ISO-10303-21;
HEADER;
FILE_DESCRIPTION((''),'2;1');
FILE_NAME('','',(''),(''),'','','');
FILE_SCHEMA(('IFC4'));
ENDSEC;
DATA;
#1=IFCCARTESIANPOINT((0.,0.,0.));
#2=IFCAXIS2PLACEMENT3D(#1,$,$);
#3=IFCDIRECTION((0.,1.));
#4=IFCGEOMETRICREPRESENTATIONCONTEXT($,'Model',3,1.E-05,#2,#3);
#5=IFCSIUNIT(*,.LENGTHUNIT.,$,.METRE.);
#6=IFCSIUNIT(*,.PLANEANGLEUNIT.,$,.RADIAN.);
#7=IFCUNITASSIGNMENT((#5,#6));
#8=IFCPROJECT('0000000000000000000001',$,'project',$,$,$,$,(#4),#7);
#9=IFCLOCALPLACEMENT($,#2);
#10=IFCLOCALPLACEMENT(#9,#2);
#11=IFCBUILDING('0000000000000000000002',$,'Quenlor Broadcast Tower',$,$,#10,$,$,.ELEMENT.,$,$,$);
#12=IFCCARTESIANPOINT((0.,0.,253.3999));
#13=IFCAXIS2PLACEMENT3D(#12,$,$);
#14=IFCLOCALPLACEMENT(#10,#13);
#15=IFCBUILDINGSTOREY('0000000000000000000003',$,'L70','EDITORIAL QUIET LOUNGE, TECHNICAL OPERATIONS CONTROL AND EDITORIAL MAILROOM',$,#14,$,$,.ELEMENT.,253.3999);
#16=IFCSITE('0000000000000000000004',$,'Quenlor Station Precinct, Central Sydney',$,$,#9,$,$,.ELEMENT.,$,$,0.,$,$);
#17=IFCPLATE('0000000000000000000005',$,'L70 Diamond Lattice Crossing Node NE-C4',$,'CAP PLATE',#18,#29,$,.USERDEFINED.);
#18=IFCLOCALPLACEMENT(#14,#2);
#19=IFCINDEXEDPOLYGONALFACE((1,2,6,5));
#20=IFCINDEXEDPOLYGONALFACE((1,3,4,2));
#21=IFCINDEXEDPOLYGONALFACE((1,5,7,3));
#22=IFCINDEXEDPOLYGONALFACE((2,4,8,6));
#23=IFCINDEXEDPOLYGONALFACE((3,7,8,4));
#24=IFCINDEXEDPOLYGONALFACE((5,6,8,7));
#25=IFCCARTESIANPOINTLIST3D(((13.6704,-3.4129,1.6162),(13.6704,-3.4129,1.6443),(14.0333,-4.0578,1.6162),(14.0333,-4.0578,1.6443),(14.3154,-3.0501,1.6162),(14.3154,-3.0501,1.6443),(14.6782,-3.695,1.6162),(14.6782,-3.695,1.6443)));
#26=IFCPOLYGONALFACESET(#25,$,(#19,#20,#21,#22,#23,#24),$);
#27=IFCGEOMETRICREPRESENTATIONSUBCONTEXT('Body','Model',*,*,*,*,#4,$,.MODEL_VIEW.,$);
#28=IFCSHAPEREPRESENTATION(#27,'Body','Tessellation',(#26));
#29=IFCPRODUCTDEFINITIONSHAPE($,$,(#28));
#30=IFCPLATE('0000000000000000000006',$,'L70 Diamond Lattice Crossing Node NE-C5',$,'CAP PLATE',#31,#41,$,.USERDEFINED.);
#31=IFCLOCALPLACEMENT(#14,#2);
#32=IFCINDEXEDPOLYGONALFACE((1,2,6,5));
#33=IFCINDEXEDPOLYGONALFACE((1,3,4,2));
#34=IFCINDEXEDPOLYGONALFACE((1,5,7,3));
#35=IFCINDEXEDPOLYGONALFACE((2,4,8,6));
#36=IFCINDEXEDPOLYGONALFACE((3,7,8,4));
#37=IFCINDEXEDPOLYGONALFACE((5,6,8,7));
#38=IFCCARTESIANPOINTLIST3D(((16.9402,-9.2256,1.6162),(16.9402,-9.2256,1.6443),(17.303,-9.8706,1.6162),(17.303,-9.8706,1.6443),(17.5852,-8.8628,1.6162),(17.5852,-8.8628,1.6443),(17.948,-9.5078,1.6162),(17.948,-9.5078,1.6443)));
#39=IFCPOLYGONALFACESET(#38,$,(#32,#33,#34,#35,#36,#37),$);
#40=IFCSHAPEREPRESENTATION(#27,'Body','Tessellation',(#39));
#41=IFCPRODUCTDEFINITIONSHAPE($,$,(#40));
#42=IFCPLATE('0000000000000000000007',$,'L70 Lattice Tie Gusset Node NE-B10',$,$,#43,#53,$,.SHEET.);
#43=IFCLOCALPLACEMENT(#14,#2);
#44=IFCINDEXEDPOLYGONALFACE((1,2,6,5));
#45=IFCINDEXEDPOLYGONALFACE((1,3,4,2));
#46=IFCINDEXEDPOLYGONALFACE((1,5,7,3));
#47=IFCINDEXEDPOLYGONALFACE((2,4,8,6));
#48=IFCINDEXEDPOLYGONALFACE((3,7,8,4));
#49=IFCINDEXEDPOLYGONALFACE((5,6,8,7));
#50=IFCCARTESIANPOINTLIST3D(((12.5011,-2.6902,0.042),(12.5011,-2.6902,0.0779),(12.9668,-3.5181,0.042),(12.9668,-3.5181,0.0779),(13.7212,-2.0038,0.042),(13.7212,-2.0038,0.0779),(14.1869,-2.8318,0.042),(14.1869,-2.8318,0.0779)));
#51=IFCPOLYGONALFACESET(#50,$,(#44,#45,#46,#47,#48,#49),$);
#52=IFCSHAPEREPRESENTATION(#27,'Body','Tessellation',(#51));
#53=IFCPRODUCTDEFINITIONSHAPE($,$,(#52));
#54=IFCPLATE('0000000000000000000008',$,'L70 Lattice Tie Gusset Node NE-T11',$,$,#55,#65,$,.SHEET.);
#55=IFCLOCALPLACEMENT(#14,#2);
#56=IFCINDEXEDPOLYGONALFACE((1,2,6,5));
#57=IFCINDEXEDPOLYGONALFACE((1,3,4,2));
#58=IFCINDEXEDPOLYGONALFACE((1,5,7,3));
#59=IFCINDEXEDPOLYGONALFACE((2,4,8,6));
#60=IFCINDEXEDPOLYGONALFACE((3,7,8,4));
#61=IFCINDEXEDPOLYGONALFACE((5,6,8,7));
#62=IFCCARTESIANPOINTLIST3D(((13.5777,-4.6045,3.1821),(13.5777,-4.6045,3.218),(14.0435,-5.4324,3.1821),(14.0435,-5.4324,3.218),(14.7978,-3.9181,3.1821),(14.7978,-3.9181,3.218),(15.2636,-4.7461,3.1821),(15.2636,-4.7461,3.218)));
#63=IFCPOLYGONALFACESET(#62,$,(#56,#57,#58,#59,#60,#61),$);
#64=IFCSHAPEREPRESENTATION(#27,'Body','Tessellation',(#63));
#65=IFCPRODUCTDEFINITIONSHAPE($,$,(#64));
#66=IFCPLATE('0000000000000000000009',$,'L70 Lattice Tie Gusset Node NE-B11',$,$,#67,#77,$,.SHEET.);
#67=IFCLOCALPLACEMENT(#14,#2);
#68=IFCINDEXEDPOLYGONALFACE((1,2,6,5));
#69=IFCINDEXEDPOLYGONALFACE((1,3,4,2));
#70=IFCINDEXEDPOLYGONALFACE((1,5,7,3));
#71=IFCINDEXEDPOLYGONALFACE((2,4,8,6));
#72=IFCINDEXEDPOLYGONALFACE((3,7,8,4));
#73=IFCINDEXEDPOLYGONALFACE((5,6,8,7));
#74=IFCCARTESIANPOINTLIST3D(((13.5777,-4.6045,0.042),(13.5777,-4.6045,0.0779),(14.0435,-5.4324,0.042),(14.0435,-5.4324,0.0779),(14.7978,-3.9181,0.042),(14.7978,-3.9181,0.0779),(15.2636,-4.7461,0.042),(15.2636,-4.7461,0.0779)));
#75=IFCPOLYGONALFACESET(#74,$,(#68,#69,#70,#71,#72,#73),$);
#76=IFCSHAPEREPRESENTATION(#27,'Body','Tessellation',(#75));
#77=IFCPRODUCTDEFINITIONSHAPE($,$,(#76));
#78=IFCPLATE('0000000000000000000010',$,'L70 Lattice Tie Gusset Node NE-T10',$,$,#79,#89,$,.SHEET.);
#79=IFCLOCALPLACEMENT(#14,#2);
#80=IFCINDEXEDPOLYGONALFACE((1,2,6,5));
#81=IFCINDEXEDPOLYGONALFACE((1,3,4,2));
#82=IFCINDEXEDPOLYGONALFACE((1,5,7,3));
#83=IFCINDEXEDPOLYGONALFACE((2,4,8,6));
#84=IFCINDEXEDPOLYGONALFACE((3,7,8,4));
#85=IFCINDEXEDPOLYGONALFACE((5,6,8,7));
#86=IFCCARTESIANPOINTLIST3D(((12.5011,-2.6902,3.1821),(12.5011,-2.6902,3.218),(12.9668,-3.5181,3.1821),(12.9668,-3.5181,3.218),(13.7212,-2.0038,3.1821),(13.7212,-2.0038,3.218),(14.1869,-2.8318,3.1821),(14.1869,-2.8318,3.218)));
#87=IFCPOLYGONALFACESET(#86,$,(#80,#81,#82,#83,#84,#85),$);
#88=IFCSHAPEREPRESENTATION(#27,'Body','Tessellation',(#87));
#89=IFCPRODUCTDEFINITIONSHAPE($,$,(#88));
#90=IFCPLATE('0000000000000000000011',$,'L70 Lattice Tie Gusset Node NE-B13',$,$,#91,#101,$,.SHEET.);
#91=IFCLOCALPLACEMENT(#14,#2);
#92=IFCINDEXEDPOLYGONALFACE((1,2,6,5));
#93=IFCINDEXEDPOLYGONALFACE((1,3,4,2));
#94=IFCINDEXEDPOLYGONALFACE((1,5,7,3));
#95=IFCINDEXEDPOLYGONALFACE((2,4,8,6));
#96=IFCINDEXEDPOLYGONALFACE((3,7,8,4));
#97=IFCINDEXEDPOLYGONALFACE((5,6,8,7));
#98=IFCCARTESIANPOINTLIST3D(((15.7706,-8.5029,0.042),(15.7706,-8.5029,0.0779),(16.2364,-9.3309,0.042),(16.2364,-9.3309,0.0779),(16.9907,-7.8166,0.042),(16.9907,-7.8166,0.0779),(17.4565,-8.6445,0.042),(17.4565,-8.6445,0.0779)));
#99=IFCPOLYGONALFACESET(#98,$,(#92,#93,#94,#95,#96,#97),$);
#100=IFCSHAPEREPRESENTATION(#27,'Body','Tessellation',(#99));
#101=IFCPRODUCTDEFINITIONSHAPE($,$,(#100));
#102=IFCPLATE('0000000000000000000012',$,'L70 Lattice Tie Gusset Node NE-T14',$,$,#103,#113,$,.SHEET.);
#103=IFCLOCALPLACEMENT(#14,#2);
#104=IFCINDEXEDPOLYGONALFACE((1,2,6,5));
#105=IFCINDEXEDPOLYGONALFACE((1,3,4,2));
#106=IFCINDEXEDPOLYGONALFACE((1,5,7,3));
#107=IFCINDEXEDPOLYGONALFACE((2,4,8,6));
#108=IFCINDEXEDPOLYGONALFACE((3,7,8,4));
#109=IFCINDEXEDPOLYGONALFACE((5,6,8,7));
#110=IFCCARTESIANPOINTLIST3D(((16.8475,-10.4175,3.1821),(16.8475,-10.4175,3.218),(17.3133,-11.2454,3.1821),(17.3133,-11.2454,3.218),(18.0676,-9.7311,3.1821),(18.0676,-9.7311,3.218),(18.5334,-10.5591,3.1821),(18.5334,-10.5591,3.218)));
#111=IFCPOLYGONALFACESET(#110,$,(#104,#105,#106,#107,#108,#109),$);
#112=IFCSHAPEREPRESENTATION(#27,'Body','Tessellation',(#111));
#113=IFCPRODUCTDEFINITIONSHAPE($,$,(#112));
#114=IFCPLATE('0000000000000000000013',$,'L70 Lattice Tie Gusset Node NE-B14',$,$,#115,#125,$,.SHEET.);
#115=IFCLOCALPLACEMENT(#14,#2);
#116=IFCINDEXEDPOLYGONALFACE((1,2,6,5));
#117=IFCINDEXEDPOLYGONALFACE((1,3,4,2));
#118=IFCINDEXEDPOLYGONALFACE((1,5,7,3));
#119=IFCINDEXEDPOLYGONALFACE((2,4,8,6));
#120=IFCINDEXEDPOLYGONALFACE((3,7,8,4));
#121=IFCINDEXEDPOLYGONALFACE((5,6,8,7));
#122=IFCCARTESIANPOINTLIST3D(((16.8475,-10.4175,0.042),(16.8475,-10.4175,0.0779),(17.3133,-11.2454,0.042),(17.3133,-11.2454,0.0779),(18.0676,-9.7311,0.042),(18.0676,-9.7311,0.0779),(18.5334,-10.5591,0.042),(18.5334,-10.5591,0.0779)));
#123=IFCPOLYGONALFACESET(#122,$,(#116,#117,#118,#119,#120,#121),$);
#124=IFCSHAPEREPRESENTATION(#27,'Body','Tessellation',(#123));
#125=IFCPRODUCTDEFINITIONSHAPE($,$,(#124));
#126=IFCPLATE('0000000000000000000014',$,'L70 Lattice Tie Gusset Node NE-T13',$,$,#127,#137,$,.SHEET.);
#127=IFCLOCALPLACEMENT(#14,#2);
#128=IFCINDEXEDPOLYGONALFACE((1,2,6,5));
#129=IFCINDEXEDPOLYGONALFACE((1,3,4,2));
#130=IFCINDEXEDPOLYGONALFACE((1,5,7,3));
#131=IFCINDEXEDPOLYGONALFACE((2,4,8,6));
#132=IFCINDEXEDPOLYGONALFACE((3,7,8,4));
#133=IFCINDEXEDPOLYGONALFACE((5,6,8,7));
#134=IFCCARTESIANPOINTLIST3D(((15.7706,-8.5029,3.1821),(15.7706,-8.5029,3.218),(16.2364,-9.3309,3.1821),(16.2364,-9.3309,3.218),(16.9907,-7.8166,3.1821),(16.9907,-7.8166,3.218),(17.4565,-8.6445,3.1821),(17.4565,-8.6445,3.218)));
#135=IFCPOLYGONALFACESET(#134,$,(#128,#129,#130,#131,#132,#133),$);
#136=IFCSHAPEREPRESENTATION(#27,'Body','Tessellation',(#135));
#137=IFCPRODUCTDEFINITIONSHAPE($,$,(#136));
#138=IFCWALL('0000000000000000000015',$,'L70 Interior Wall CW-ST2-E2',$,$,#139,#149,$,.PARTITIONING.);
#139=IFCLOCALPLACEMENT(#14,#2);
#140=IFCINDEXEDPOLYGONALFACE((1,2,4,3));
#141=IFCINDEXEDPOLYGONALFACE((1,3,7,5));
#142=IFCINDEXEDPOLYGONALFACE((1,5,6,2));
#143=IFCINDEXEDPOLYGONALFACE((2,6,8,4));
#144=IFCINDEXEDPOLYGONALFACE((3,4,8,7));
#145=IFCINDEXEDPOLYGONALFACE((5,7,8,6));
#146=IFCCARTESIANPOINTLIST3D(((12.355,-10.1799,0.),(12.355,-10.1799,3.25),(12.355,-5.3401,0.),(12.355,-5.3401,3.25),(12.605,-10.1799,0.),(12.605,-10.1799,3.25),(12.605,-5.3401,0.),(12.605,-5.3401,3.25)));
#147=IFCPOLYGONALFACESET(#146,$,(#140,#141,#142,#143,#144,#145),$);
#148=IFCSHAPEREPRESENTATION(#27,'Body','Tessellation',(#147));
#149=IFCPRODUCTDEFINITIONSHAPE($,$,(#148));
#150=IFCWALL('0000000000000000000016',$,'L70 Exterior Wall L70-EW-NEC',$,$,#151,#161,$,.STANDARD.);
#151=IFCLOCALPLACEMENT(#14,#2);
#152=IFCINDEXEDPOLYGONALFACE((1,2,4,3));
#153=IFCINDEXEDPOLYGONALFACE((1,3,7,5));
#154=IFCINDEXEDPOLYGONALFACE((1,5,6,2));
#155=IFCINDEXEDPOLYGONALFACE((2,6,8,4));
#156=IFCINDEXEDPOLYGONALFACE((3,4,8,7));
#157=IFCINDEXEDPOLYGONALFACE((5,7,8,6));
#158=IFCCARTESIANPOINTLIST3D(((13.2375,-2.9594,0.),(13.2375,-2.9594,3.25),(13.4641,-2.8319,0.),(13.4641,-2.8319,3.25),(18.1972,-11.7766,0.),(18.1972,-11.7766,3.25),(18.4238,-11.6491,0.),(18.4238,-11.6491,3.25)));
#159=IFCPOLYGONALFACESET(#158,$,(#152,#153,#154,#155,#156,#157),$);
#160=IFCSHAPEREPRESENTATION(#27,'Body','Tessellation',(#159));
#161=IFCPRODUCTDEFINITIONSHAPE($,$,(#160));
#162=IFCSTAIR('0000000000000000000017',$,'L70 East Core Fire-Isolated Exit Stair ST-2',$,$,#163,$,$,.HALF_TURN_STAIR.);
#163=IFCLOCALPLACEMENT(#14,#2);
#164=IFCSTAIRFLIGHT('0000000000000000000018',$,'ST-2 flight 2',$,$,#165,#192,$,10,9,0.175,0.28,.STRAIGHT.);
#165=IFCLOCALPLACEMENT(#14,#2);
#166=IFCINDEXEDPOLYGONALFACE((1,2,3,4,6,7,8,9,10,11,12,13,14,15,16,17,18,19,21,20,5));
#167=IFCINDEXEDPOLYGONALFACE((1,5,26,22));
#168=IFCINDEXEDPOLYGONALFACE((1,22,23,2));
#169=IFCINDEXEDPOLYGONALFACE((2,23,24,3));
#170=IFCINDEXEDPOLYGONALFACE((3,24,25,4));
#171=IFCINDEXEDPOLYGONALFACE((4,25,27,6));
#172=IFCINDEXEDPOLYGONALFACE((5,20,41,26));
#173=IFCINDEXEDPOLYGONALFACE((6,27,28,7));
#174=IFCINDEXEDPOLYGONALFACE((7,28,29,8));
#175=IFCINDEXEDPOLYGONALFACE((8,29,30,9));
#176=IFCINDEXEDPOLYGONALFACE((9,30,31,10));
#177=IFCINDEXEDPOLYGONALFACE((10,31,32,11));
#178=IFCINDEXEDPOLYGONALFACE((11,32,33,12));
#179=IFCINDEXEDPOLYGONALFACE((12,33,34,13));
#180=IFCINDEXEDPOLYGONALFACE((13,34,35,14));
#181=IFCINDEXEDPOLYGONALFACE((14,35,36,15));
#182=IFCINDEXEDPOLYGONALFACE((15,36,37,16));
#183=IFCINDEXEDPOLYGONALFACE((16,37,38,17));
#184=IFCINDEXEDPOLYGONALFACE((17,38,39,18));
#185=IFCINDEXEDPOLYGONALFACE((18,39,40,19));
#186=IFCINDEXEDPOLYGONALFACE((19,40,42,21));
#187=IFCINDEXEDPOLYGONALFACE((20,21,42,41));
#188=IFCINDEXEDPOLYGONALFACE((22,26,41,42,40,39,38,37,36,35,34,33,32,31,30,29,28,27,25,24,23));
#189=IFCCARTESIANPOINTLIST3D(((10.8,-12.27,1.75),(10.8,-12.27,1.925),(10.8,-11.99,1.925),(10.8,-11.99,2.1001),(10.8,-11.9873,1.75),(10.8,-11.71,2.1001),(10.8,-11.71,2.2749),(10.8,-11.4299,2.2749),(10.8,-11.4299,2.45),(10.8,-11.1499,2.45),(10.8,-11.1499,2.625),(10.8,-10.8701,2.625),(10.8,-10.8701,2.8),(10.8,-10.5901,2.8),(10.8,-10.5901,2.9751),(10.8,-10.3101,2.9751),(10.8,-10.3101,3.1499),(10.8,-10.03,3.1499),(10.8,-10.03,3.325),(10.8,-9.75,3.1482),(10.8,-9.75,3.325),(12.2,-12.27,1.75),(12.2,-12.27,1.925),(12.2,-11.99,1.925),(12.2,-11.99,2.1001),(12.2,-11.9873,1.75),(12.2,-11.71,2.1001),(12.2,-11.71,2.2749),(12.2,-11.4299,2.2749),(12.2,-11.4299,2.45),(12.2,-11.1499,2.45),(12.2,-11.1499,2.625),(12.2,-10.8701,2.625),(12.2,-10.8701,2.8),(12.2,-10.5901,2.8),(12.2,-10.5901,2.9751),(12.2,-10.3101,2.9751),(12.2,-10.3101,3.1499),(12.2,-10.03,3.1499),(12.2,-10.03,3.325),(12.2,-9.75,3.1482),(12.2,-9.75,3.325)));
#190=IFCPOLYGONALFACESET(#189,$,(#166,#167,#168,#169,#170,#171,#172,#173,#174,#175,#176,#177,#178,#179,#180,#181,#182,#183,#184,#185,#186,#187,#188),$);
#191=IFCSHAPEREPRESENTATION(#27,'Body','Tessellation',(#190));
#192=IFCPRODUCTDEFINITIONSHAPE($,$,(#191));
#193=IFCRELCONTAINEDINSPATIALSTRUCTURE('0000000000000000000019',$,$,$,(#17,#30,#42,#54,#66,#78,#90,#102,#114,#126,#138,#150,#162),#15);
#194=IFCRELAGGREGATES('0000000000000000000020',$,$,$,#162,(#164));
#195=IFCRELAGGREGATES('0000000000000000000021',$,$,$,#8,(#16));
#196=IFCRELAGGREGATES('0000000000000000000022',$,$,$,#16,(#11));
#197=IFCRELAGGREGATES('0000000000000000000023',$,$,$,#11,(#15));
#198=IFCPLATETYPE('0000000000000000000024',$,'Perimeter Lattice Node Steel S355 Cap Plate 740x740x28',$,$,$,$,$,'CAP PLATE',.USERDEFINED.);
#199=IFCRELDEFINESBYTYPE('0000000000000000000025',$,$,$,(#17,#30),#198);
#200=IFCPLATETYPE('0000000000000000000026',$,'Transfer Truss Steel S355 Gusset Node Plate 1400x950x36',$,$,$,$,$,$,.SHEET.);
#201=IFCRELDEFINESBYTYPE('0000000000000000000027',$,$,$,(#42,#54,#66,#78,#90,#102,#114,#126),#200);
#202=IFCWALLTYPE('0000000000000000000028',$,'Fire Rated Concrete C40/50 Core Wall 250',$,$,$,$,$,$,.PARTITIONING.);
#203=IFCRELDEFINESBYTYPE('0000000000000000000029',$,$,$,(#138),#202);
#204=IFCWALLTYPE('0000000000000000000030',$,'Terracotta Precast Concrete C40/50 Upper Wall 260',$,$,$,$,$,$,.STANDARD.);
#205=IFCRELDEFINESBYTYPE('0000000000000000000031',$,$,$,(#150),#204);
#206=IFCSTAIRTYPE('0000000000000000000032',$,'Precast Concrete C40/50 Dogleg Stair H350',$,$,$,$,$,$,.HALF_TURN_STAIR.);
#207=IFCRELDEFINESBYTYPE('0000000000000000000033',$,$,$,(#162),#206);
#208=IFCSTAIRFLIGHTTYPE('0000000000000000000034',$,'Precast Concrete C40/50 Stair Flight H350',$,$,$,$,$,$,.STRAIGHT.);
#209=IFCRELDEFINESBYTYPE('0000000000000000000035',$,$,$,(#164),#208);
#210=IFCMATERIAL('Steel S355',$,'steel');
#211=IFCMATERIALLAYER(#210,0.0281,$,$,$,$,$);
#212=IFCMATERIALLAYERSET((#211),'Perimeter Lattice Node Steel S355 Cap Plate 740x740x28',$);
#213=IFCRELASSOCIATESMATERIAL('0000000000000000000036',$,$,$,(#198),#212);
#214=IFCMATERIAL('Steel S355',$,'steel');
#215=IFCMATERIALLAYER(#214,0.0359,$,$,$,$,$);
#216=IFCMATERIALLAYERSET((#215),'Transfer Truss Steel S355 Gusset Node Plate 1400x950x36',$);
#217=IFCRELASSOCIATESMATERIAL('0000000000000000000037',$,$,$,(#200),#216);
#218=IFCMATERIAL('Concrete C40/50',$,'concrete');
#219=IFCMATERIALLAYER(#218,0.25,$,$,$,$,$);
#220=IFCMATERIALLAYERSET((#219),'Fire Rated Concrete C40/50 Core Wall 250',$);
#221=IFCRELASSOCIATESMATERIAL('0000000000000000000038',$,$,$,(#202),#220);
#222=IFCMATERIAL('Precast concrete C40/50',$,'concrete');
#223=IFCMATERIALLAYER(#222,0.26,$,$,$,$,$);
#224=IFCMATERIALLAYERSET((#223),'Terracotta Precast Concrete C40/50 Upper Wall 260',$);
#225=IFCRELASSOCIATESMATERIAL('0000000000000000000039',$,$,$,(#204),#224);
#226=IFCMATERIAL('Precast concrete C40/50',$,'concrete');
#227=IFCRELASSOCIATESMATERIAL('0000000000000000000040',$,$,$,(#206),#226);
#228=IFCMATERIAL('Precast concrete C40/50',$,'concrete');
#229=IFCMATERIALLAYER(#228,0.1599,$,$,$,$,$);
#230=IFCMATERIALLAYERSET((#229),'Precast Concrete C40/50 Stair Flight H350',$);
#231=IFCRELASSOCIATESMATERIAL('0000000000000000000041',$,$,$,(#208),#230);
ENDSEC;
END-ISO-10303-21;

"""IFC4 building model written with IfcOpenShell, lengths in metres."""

from ifc_helpers import new_model, si_unit, direction, frame, frame_2d, origin, origin_2d, place, context, subcontext, project, spatial, polyline, rectangle, outline, extrude, material, layer, layer_set, type_object, element, aggregate, save


model = new_model("IFC4")

# Units and contexts
model_context = context("Model", 3, precision=1e-05, world=origin(), true_north=direction((0.0, 1.0)))
body_context = subcontext(model_context, "Body", "Model", "MODEL_VIEW")
ifc_project = project(units=[si_unit("LENGTHUNIT", "METRE"), si_unit("PLANEANGLEUNIT", "RADIAN")], contexts=[model_context])

# Site, building, storey
site_placement = place(None, origin())
site = spatial("IfcSite", under=ifc_project, at=site_placement, Name="Quenlor Station Precinct, Central Sydney", CompositionType="ELEMENT", RefElevation=0.0)
building_placement = place(site_placement, origin())
building = spatial("IfcBuilding", under=site, at=building_placement, Name="Quenlor Broadcast Tower", CompositionType="ELEMENT")
storey_placement = place(building_placement, frame((0.0, 0.0, 253.3999)))
storey = spatial("IfcBuildingStorey", under=building, at=storey_placement, Name="L70", Description="EDITORIAL QUIET LOUNGE, TECHNICAL OPERATIONS CONTROL AND EDITORIAL MAILROOM", CompositionType="ELEMENT", Elevation=253.3999)

# Plates
ifc_material_1 = material(Name="Steel S355", Category="steel")
ifc_layer_1 = layer(ifc_material_1, 0.0281)
ifc_layer_set_1 = layer_set([ifc_layer_1], Name="Perimeter Lattice Node Steel S355 Cap Plate 740x740x28")
plate_type_1 = type_object("IfcPlateType", Name="Perimeter Lattice Node Steel S355 Cap Plate 740x740x28", ElementType="CAP PLATE", PredefinedType="USERDEFINED", material=ifc_layer_set_1)
for number, where, z_axis, x_axis, name in (
    (1, (14.1743, -3.554, 1.6162), (0.0, 0.0, 1.0), (0.490295, -0.871556, 0.0), "L70 Diamond Lattice Crossing Node NE-C4"),
    (2, (17.4441, -9.3667, 1.6162), (0.0, 0.0, 1.0), (0.490295, -0.871556, 0.0), "L70 Diamond Lattice Crossing Node NE-C5"),
):
    element("IfcPlate", number, at=place(storey_placement, frame(where, z_axis=z_axis, x_axis=x_axis)), inside=storey, type_object=plate_type_1, Name=name, ObjectType="CAP PLATE", PredefinedType="USERDEFINED", context=body_context, shape_type="SweptSolid", body=[
        extrude(rectangle(XDim=0.74, YDim=0.74, at=origin_2d()), origin(), (0.0, 0.0, 1.0), 0.0281),
    ])
ifc_material_2 = material(Name="Steel S355", Category="steel")
ifc_layer_2 = layer(ifc_material_2, 0.0359)
ifc_layer_set_2 = layer_set([ifc_layer_2], Name="Transfer Truss Steel S355 Gusset Node Plate 1400x950x36")
plate_type_2 = type_object("IfcPlateType", Name="Transfer Truss Steel S355 Gusset Node Plate 1400x950x36", PredefinedType="SHEET", material=ifc_layer_set_2)
for number, where, z_axis, x_axis, name in (
    (3, (13.344, -2.761, 0.042), (0.0, 0.0, 1.0), (0.871556, 0.490295, 0.0), "L70 Lattice Tie Gusset Node NE-B10"),
    (4, (14.4207, -4.6753, 3.1821), (0.0, 0.0, 1.0), (0.871556, 0.490295, 0.0), "L70 Lattice Tie Gusset Node NE-T11"),
    (5, (14.4207, -4.6753, 0.042), (0.0, 0.0, 1.0), (0.871556, 0.490295, 0.0), "L70 Lattice Tie Gusset Node NE-B11"),
    (6, (13.344, -2.761, 3.1821), (0.0, 0.0, 1.0), (0.871556, 0.490295, 0.0), "L70 Lattice Tie Gusset Node NE-T10"),
    (7, (16.6135, -8.5737, 0.042), (0.0, 0.0, 1.0), (0.871556, 0.490295, 0.0), "L70 Lattice Tie Gusset Node NE-B13"),
    (8, (17.6904, -10.4883, 3.1821), (0.0, 0.0, 1.0), (0.871556, 0.490295, 0.0), "L70 Lattice Tie Gusset Node NE-T14"),
    (9, (17.6904, -10.4883, 0.042), (0.0, 0.0, 1.0), (0.871556, 0.490295, 0.0), "L70 Lattice Tie Gusset Node NE-B14"),
    (10, (16.6135, -8.5737, 3.1821), (0.0, 0.0, 1.0), (0.871556, 0.490295, 0.0), "L70 Lattice Tie Gusset Node NE-T13"),
):
    element("IfcPlate", number, at=place(storey_placement, frame(where, z_axis=z_axis, x_axis=x_axis)), inside=storey, type_object=plate_type_2, Name=name, PredefinedType="SHEET", context=body_context, shape_type="SweptSolid", body=[
        extrude(rectangle(XDim=1.3999, YDim=0.95, at=origin_2d()), origin(), (0.0, 0.0, 1.0), 0.0359),
    ])

# Wall
ifc_material_3 = material(Name="Concrete C40/50", Category="concrete")
ifc_layer_3 = layer(ifc_material_3, 0.25)
ifc_layer_set_3 = layer_set([ifc_layer_3], Name="Fire Rated Concrete C40/50 Core Wall 250")
wall_type_1 = type_object("IfcWallType", Name="Fire Rated Concrete C40/50 Core Wall 250", PredefinedType="PARTITIONING", material=ifc_layer_set_3)
wall_1_placement = place(storey_placement, frame((12.48, -10.1799, 0.0), z_axis=(0.0, 0.0, 1.0), x_axis=(0.0, 1.0, 0.0)))
element("IfcWall", 11, at=wall_1_placement, inside=storey, type_object=wall_type_1, Name="L70 Interior Wall CW-ST2-E2", PredefinedType="PARTITIONING", context=body_context, shape_type="SweptSolid", body=[
    extrude(rectangle(XDim=4.8398, YDim=0.25, at=frame_2d((2.4199, 0.0))), origin(), (0.0, 0.0, 1.0), 3.25),
])

# Wall
ifc_material_4 = material(Name="Precast concrete C40/50", Category="concrete")
ifc_layer_4 = layer(ifc_material_4, 0.26)
ifc_layer_set_4 = layer_set([ifc_layer_4], Name="Terracotta Precast Concrete C40/50 Upper Wall 260")
wall_type_2 = type_object("IfcWallType", Name="Terracotta Precast Concrete C40/50 Upper Wall 260", PredefinedType="STANDARD", material=ifc_layer_set_4)
wall_2_placement = place(storey_placement, frame((13.3508, -2.8958, 0.0), z_axis=(0.0, 0.0, 1.0), x_axis=(0.490267, -0.871572, 0.0)))
element("IfcWall", 12, at=wall_2_placement, inside=storey, type_object=wall_type_2, Name="L70 Exterior Wall L70-EW-NEC", PredefinedType="STANDARD", context=body_context, shape_type="SweptSolid", body=[
    extrude(rectangle(XDim=10.1165, YDim=0.26, at=frame_2d((5.0581, 0.0))), origin(), (0.0, 0.0, 1.0), 3.25),
])

# Stair, stair flight
ifc_material_5 = material(Name="Precast concrete C40/50", Category="concrete")
stair_type = type_object("IfcStairType", Name="Precast Concrete C40/50 Dogleg Stair H350", PredefinedType="HALF_TURN_STAIR", material=ifc_material_5)
stair_placement = place(storey_placement, origin())
stair = element("IfcStair", 13, at=stair_placement, inside=storey, type_object=stair_type, Name="L70 East Core Fire-Isolated Exit Stair ST-2", PredefinedType="HALF_TURN_STAIR")
ifc_material_6 = material(Name="Precast concrete C40/50", Category="concrete")
ifc_layer_5 = layer(ifc_material_6, 0.1599)
ifc_layer_set_5 = layer_set([ifc_layer_5], Name="Precast Concrete C40/50 Stair Flight H350")
stair_flight_type = type_object("IfcStairFlightType", Name="Precast Concrete C40/50 Stair Flight H350", PredefinedType="STRAIGHT", material=ifc_layer_set_5)
stair_flight_placement = place(storey_placement, frame((11.5, -12.27, 1.75), z_axis=(0.0, 0.0, 1.0), x_axis=(0.0, 1.0, 0.0)))
stair_flight = element("IfcStairFlight", 14, at=stair_flight_placement, type_object=stair_flight_type, Name="ST-2 flight 2", NumberOfRisers=10, NumberOfTreads=9, PredefinedType="STRAIGHT", RiserHeight=0.175, TreadLength=0.28, context=body_context, shape_type="SweptSolid", body=[
    extrude(outline(polyline([(0.0, 0.0), (0.0, 0.175), (0.28, 0.175), (0.28, 0.3501), (0.5601, 0.3501), (0.5601, 0.5249), (0.8401, 0.5249), (0.8401, 0.7), (1.1201, 0.7), (1.1201, 0.875), (1.3999, 0.875), (1.3999, 1.05), (1.6799, 1.05), (1.6799, 1.2251), (1.96, 1.2251), (1.96, 1.3999), (2.24, 1.3999), (2.24, 1.575), (2.52, 1.575), (2.52, 1.75), (2.52, 1.3982), (0.2827, 0.0), (0.0, 0.0)])), frame((0.0, 0.7, 0.0), z_axis=(0.0, -1.0, 0.0), x_axis=(1.0, 0.0, 0.0)), (0.0, 0.0, 1.0), 1.3999),
])
aggregate(stair, [stair_flight])

save(model, "model.ifc")
